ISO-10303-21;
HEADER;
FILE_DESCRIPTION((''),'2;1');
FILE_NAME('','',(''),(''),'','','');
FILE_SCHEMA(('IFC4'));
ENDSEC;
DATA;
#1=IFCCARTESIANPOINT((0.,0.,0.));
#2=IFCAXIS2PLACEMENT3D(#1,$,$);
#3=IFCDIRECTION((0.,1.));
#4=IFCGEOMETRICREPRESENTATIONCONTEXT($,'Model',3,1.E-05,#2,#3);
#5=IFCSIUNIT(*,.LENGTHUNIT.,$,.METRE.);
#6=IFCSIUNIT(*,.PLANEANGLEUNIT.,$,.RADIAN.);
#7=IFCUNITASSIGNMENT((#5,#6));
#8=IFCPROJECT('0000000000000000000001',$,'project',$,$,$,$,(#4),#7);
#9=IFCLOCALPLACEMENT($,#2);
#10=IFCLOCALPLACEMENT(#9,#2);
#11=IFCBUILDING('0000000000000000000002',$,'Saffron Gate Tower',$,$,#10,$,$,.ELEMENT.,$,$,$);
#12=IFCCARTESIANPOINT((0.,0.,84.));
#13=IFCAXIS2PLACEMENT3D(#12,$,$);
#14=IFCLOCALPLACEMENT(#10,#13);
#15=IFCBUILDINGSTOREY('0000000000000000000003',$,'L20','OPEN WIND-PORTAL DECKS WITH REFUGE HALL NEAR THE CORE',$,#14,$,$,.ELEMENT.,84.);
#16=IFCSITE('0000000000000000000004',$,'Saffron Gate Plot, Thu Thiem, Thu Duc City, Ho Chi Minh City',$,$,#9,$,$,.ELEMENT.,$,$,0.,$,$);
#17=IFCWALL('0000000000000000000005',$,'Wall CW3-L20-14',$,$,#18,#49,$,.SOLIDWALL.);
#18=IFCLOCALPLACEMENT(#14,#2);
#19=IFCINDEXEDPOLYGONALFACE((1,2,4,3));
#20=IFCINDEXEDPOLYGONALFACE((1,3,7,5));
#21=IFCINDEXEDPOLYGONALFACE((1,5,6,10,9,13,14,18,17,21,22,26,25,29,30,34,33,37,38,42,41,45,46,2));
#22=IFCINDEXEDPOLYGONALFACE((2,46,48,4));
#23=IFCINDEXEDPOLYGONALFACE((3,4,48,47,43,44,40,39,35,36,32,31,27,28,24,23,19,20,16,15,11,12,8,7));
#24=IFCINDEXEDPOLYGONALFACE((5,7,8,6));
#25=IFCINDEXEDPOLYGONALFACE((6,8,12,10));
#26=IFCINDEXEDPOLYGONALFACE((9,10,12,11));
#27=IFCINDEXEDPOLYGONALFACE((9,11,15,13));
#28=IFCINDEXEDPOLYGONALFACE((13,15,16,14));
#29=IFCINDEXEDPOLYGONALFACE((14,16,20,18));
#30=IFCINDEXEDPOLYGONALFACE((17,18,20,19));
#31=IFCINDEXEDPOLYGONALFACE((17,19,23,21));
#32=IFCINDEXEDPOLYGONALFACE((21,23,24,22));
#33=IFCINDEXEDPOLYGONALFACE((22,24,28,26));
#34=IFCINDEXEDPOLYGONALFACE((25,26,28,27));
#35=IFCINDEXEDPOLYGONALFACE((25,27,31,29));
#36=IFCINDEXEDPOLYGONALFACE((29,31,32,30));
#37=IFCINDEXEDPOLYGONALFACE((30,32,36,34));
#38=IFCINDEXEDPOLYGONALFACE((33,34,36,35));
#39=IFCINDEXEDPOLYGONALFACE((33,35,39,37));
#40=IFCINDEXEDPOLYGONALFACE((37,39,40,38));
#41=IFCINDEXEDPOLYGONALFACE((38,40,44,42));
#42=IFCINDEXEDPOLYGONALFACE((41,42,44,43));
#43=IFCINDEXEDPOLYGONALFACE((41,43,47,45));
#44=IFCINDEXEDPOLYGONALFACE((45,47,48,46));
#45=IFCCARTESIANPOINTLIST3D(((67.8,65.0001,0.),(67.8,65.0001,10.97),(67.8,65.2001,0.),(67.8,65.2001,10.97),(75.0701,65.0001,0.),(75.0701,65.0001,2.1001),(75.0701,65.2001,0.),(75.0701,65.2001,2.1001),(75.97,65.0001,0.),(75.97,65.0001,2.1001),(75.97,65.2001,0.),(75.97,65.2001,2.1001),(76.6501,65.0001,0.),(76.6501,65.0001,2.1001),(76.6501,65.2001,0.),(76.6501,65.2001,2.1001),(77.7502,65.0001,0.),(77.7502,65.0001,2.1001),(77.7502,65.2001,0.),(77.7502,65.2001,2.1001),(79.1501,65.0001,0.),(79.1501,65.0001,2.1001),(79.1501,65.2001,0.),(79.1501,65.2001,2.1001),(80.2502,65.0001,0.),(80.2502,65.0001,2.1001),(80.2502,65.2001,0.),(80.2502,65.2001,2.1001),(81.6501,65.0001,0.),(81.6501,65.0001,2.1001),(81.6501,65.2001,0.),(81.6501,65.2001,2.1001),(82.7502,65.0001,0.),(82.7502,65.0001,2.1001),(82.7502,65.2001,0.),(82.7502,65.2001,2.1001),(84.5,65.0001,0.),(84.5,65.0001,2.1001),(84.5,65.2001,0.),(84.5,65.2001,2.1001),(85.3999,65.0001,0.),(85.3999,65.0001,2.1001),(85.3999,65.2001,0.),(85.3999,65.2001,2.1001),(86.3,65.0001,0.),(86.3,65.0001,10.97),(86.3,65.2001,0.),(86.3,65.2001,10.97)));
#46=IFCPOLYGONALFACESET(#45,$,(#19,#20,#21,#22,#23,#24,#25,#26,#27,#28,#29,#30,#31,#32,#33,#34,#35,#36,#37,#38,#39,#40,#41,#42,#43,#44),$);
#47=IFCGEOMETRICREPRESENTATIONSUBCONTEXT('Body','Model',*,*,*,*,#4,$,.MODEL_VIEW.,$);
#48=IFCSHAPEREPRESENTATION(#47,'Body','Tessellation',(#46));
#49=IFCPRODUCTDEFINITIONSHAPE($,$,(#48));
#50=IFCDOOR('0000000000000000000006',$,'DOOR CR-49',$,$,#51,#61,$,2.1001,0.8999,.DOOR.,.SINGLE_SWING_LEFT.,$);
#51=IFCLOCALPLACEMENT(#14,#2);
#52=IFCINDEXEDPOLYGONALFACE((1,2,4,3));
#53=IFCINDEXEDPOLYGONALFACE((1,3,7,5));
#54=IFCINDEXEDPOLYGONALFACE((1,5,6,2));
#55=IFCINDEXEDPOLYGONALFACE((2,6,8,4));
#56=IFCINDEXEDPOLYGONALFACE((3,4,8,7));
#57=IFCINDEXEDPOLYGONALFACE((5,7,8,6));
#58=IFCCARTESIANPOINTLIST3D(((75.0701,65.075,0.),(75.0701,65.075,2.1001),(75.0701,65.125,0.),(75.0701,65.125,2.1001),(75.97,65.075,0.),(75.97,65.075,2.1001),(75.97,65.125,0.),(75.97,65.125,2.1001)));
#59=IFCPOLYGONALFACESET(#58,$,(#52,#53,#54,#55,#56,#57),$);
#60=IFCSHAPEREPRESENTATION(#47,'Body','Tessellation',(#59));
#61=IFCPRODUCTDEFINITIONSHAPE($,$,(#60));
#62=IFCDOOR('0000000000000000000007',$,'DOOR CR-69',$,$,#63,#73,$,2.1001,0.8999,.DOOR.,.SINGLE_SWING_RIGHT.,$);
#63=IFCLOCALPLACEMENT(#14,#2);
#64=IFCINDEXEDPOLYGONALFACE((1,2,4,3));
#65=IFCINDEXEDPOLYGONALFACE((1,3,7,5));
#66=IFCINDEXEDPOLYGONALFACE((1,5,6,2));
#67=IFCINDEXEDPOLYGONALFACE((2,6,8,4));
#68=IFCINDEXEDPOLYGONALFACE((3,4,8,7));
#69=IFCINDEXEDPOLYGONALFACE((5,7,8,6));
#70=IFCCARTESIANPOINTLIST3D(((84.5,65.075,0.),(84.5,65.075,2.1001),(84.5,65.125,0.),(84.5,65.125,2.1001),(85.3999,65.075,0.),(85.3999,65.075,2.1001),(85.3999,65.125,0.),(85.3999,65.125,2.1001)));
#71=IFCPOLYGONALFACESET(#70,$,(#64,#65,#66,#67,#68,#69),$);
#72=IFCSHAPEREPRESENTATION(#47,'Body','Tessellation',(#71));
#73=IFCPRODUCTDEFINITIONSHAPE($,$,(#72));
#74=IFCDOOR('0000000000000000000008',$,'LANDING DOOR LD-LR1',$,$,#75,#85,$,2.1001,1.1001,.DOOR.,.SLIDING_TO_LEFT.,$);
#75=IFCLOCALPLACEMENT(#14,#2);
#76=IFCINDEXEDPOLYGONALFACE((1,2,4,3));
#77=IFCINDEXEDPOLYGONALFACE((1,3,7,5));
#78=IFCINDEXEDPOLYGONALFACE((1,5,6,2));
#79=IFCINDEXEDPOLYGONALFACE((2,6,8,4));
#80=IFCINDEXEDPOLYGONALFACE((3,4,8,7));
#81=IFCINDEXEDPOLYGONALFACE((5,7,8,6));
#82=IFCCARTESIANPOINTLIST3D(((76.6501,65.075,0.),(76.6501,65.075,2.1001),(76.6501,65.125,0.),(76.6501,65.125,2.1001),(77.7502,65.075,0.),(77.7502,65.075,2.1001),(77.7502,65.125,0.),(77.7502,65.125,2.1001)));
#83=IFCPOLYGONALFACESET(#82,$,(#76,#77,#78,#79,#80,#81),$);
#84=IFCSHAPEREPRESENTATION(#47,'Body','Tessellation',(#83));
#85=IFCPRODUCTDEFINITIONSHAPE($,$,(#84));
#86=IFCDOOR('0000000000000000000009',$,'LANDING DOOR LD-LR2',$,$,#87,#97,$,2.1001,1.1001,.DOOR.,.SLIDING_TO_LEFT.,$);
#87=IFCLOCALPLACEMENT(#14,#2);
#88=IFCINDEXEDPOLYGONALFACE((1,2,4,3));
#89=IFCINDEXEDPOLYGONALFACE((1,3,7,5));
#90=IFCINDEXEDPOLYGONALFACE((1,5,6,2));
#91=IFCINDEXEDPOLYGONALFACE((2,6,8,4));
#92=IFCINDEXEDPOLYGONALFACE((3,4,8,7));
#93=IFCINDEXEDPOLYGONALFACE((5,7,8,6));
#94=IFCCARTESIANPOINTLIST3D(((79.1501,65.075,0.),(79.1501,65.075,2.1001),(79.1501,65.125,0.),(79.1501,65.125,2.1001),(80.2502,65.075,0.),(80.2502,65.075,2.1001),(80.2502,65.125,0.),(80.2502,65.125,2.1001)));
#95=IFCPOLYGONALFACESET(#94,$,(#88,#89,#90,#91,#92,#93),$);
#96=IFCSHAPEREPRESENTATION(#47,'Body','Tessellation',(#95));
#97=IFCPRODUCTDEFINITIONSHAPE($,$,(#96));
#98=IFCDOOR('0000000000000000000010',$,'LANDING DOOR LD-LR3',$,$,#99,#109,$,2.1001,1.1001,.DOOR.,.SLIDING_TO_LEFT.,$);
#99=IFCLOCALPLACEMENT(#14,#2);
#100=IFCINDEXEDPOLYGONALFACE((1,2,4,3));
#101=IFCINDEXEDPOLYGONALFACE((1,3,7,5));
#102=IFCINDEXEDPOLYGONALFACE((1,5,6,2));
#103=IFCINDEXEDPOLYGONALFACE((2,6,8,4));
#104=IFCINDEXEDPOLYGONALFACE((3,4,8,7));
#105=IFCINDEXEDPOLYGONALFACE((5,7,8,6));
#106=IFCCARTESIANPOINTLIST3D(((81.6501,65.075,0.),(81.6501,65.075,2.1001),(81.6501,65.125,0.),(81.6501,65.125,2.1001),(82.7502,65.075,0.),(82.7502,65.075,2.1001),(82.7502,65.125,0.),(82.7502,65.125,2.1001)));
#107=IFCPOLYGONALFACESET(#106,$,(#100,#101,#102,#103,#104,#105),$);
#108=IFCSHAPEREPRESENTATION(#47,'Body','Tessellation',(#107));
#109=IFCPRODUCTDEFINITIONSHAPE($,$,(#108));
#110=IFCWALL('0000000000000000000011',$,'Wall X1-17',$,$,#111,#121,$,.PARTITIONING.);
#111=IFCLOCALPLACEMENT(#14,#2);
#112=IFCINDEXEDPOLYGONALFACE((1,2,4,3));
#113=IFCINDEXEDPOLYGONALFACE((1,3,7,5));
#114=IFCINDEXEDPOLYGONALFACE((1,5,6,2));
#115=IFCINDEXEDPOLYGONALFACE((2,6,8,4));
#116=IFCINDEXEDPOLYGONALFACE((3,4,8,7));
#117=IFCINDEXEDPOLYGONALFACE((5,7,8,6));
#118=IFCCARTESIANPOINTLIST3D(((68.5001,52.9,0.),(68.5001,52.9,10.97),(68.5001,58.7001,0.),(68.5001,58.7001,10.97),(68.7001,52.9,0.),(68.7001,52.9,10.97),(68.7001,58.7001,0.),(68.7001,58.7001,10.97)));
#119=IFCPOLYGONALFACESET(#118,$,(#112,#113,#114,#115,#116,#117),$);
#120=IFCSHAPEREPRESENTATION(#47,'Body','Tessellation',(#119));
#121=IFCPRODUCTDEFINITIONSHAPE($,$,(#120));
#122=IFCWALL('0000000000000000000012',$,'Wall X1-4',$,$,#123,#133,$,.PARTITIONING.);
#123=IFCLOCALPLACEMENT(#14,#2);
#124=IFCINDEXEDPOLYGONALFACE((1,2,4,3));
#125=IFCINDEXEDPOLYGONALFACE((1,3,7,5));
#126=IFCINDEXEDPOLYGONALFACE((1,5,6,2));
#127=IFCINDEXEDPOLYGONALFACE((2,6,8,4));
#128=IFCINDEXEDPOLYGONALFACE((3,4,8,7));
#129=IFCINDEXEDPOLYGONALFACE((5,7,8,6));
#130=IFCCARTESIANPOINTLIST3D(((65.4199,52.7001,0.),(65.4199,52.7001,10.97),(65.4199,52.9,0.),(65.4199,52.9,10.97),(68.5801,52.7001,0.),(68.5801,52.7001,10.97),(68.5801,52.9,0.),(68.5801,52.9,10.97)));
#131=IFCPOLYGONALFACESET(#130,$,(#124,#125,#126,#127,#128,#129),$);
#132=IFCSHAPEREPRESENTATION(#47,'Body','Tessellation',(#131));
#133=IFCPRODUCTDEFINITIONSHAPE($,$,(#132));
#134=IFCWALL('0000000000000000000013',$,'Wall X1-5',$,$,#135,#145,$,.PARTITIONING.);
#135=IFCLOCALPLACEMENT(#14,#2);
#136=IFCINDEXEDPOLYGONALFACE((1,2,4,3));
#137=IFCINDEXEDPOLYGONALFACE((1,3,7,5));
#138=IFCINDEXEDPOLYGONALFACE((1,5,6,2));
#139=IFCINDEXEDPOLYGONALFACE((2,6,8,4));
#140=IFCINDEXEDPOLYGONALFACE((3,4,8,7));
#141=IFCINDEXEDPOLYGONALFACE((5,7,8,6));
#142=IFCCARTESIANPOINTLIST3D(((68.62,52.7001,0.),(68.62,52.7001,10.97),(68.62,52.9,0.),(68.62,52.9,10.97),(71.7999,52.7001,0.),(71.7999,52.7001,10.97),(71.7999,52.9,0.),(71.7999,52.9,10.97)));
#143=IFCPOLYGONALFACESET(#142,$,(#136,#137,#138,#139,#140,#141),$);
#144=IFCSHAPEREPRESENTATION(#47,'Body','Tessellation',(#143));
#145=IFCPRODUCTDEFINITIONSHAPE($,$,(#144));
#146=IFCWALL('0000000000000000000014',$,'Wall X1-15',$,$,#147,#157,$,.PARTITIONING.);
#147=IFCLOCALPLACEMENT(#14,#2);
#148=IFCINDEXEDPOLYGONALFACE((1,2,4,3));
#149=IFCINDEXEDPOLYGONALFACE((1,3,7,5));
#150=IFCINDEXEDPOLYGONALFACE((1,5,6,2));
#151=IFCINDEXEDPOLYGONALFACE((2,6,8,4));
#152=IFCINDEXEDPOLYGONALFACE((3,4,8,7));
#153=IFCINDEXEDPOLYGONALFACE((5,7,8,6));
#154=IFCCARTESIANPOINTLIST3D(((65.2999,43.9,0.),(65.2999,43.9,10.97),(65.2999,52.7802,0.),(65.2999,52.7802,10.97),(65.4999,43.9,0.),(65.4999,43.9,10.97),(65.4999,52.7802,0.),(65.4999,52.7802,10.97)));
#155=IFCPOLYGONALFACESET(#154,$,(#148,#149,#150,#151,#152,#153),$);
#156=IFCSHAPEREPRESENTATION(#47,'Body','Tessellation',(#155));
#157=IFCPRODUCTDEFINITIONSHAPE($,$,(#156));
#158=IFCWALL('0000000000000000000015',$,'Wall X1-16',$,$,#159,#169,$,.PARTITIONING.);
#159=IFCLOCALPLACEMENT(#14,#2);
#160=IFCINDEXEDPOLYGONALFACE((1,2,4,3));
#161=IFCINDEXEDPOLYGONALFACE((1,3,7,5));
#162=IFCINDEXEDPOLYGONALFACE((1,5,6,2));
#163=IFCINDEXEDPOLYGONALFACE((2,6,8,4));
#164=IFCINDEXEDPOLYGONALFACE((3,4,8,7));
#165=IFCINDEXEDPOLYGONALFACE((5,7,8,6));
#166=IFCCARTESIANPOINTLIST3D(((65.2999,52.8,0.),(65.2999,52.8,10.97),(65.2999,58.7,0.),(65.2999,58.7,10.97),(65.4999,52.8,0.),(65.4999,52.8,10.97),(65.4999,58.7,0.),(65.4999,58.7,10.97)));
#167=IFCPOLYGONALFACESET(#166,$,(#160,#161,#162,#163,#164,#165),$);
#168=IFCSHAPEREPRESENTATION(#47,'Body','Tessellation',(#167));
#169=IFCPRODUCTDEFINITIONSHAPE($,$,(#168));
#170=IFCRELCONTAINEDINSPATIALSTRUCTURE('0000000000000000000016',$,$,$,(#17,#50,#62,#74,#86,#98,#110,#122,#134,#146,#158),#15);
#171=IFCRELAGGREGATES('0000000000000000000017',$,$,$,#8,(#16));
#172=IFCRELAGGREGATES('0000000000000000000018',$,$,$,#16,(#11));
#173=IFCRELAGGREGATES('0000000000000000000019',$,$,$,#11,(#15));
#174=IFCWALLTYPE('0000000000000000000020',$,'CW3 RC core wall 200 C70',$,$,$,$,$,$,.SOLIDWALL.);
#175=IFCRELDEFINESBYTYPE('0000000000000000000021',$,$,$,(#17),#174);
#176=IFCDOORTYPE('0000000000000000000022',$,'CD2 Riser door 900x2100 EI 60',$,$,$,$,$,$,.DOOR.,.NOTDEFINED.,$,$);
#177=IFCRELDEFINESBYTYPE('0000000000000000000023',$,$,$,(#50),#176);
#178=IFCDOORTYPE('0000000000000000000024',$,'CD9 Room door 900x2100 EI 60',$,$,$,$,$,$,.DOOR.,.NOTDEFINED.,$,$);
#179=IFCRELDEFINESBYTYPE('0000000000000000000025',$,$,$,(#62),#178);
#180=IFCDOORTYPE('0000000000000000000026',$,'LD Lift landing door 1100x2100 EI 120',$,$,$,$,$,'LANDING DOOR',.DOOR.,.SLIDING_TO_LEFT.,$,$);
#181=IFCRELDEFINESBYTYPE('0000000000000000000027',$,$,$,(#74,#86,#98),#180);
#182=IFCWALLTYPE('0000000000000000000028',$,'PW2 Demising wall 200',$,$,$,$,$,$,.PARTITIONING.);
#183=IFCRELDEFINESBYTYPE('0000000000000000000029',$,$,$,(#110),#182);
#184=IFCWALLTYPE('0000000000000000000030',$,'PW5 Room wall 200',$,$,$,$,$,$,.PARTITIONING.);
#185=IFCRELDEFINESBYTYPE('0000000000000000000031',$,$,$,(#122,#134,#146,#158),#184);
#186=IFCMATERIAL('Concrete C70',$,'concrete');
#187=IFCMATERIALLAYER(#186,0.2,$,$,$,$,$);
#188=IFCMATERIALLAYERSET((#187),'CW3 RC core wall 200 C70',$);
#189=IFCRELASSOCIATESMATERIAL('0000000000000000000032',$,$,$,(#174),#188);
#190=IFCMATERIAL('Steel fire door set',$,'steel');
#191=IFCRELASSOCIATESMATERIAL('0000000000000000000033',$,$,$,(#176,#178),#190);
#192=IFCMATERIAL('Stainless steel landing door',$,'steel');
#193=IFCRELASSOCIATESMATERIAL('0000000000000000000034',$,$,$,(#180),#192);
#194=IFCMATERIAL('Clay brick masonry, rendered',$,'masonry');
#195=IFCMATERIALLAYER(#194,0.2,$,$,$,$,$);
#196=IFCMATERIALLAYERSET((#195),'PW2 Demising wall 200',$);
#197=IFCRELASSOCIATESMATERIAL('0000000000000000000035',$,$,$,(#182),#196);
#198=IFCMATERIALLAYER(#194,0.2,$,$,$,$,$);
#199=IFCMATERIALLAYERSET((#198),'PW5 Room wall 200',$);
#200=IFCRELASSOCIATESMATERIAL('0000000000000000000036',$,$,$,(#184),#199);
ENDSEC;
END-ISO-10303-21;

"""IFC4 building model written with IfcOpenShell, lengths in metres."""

from ifc_helpers import new_model, si_unit, direction, frame, frame_2d, origin, place, context, subcontext, project, spatial, rectangle, extrude, material, layer, layer_set, type_object, element, fill, save


model = new_model("IFC4")

# Units and contexts
model_context = context("Model", 3, precision=1e-05, world=origin(), true_north=direction((0.0, 1.0)))
body_context = subcontext(model_context, "Body", "Model", "MODEL_VIEW")
ifc_project = project(units=[si_unit("LENGTHUNIT", "METRE"), si_unit("PLANEANGLEUNIT", "RADIAN")], contexts=[model_context])

# Site, building, storey
site_placement = place(None, origin())
site = spatial("IfcSite", under=ifc_project, at=site_placement, Name="Saffron Gate Plot, Thu Thiem, Thu Duc City, Ho Chi Minh City", CompositionType="ELEMENT", RefElevation=0.0)
building_placement = place(site_placement, origin())
building = spatial("IfcBuilding", under=site, at=building_placement, Name="Saffron Gate Tower", CompositionType="ELEMENT")
storey_placement = place(building_placement, frame((0.0, 0.0, 84.0)))
storey = spatial("IfcBuildingStorey", under=building, at=storey_placement, Name="L20", Description="OPEN WIND-PORTAL DECKS WITH REFUGE HALL NEAR THE CORE", CompositionType="ELEMENT", Elevation=84.0)

# Shared definitions
ifc_material_1 = material(Name="Concrete C70", Category="concrete")
ifc_material_2 = material(Name="Steel fire door set", Category="steel")

# Wall, openings, doors
ifc_layer_1 = layer(ifc_material_1, 0.2)
ifc_layer_set_1 = layer_set([ifc_layer_1], Name="CW3 RC core wall 200 C70")
wall_type_1 = type_object("IfcWallType", Name="CW3 RC core wall 200 C70", PredefinedType="SOLIDWALL", material=ifc_layer_set_1)
wall_1_placement = place(storey_placement, frame((67.8, 65.1001, 0.0), z_axis=(0.0, 0.0, 1.0), x_axis=(1.0, 0.0, 0.0)))
wall_1 = element("IfcWall", 1, at=wall_1_placement, inside=storey, type_object=wall_type_1, Name="Wall CW3-L20-14", PredefinedType="SOLIDWALL", context=body_context, shape_type="SweptSolid", body=[
    extrude(rectangle(XDim=18.5, YDim=0.2, at=frame_2d((9.25, 0.0))), origin(), (0.0, 0.0, 1.0), 10.97),
])
opening_1_placement = place(wall_1_placement, frame((7.27, 0.0, 0.0)))
opening_1 = element("IfcOpeningElement", 2, at=opening_1_placement, cuts=wall_1, PredefinedType="OPENING", context=body_context, shape_type="SweptSolid", body=[
    extrude(rectangle(XDim=0.8999, YDim=2.1001, at=frame_2d((0.45, 1.05))), frame((0.0, 0.1099, 0.0), z_axis=(0.0, -1.0, 0.0), x_axis=(1.0, 0.0, 0.0)), (0.0, 0.0, 1.0), 0.22),
])
opening_2_placement = place(wall_1_placement, frame((8.8501, 0.0, 0.0)))
opening_2 = element("IfcOpeningElement", 3, at=opening_2_placement, cuts=wall_1, PredefinedType="OPENING", context=body_context, shape_type="SweptSolid", body=[
    extrude(rectangle(XDim=1.1001, YDim=2.1001, at=frame_2d((0.55, 1.05))), frame((0.0, 0.1099, 0.0), z_axis=(0.0, -1.0, 0.0), x_axis=(1.0, 0.0, 0.0)), (0.0, 0.0, 1.0), 0.22),
])
opening_3_placement = place(wall_1_placement, frame((11.3501, 0.0, 0.0)))
opening_3 = element("IfcOpeningElement", 4, at=opening_3_placement, cuts=wall_1, PredefinedType="OPENING", context=body_context, shape_type="SweptSolid", body=[
    extrude(rectangle(XDim=1.1001, YDim=2.1001, at=frame_2d((0.55, 1.05))), frame((0.0, 0.1099, 0.0), z_axis=(0.0, -1.0, 0.0), x_axis=(1.0, 0.0, 0.0)), (0.0, 0.0, 1.0), 0.22),
])
opening_4_placement = place(wall_1_placement, frame((13.8501, 0.0, 0.0)))
opening_4 = element("IfcOpeningElement", 5, at=opening_4_placement, cuts=wall_1, PredefinedType="OPENING", context=body_context, shape_type="SweptSolid", body=[
    extrude(rectangle(XDim=1.1001, YDim=2.1001, at=frame_2d((0.55, 1.05))), frame((0.0, 0.1099, 0.0), z_axis=(0.0, -1.0, 0.0), x_axis=(1.0, 0.0, 0.0)), (0.0, 0.0, 1.0), 0.22),
])
opening_5_placement = place(wall_1_placement, frame((16.7, 0.0, 0.0)))
opening_5 = element("IfcOpeningElement", 6, at=opening_5_placement, cuts=wall_1, PredefinedType="OPENING", context=body_context, shape_type="SweptSolid", body=[
    extrude(rectangle(XDim=0.8999, YDim=2.1001, at=frame_2d((0.45, 1.05))), frame((0.0, 0.1099, 0.0), z_axis=(0.0, -1.0, 0.0), x_axis=(1.0, 0.0, 0.0)), (0.0, 0.0, 1.0), 0.22),
])
door_type_1 = type_object("IfcDoorType", Name="CD2 Riser door 900x2100 EI 60", OperationType="NOTDEFINED", PredefinedType="DOOR", material=ifc_material_2)
door_1_placement = place(opening_1_placement, origin())
door_1 = element("IfcDoor", 7, at=door_1_placement, inside=storey, type_object=door_type_1, Name="DOOR CR-49", OperationType="SINGLE_SWING_LEFT", OverallHeight=2.1001, OverallWidth=0.8999, PredefinedType="DOOR", context=body_context, shape_type="SweptSolid", body=[
    extrude(rectangle(XDim=0.8999, YDim=2.1001, at=frame_2d((0.45, 1.05))), frame((0.0, 0.0249, 0.0), z_axis=(0.0, -1.0, 0.0), x_axis=(1.0, 0.0, 0.0)), (0.0, 0.0, 1.0), 0.05),
])
fill(opening_1, door_1)
door_type_2 = type_object("IfcDoorType", Name="CD9 Room door 900x2100 EI 60", OperationType="NOTDEFINED", PredefinedType="DOOR", material=ifc_material_2)
door_2_placement = place(opening_5_placement, origin())
door_2 = element("IfcDoor", 8, at=door_2_placement, inside=storey, type_object=door_type_2, Name="DOOR CR-69", OperationType="SINGLE_SWING_RIGHT", OverallHeight=2.1001, OverallWidth=0.8999, PredefinedType="DOOR", context=body_context, shape_type="SweptSolid", body=[
    extrude(rectangle(XDim=0.8999, YDim=2.1001, at=frame_2d((0.45, 1.05))), frame((0.0, 0.0249, 0.0), z_axis=(0.0, -1.0, 0.0), x_axis=(1.0, 0.0, 0.0)), (0.0, 0.0, 1.0), 0.05),
])
fill(opening_5, door_2)
ifc_material_3 = material(Name="Stainless steel landing door", Category="steel")
door_type_3 = type_object("IfcDoorType", Name="LD Lift landing door 1100x2100 EI 120", ElementType="LANDING DOOR", OperationType="SLIDING_TO_LEFT", PredefinedType="DOOR", material=ifc_material_3)
door_3_placement = place(opening_2_placement, origin())
door_3 = element("IfcDoor", 9, at=door_3_placement, inside=storey, type_object=door_type_3, Name="LANDING DOOR LD-LR1", OperationType="SLIDING_TO_LEFT", OverallHeight=2.1001, OverallWidth=1.1001, PredefinedType="DOOR", context=body_context, shape_type="SweptSolid", body=[
    extrude(rectangle(XDim=1.1001, YDim=2.1001, at=frame_2d((0.55, 1.05))), frame((0.0, 0.0249, 0.0), z_axis=(0.0, -1.0, 0.0), x_axis=(1.0, 0.0, 0.0)), (0.0, 0.0, 1.0), 0.05),
])
fill(opening_2, door_3)
door_4_placement = place(opening_3_placement, origin())
door_4 = element("IfcDoor", 10, at=door_4_placement, inside=storey, type_object=door_type_3, Name="LANDING DOOR LD-LR2", OperationType="SLIDING_TO_LEFT", OverallHeight=2.1001, OverallWidth=1.1001, PredefinedType="DOOR", context=body_context, shape_type="SweptSolid", body=[
    extrude(rectangle(XDim=1.1001, YDim=2.1001, at=frame_2d((0.55, 1.05))), frame((0.0, 0.0249, 0.0), z_axis=(0.0, -1.0, 0.0), x_axis=(1.0, 0.0, 0.0)), (0.0, 0.0, 1.0), 0.05),
])
fill(opening_3, door_4)
door_5_placement = place(opening_4_placement, origin())
door_5 = element("IfcDoor", 11, at=door_5_placement, inside=storey, type_object=door_type_3, Name="LANDING DOOR LD-LR3", OperationType="SLIDING_TO_LEFT", OverallHeight=2.1001, OverallWidth=1.1001, PredefinedType="DOOR", context=body_context, shape_type="SweptSolid", body=[
    extrude(rectangle(XDim=1.1001, YDim=2.1001, at=frame_2d((0.55, 1.05))), frame((0.0, 0.0249, 0.0), z_axis=(0.0, -1.0, 0.0), x_axis=(1.0, 0.0, 0.0)), (0.0, 0.0, 1.0), 0.05),
])
fill(opening_4, door_5)

# Walls
ifc_material_4 = material(Name="Clay brick masonry, rendered", Category="masonry")
ifc_layer_2 = layer(ifc_material_4, 0.2)
ifc_layer_set_2 = layer_set([ifc_layer_2], Name="PW2 Demising wall 200")
wall_type_2 = type_object("IfcWallType", Name="PW2 Demising wall 200", PredefinedType="PARTITIONING", material=ifc_layer_set_2)
wall_2_placement = place(storey_placement, frame((68.6001, 58.7, 0.0), z_axis=(0.0, 0.0, 1.0), x_axis=(0.0, -1.0, 0.0)))
element("IfcWall", 12, at=wall_2_placement, inside=storey, type_object=wall_type_2, Name="Wall X1-17", PredefinedType="PARTITIONING", context=body_context, shape_type="SweptSolid", body=[
    extrude(rectangle(XDim=5.8, YDim=0.2, at=frame_2d((2.8999, 0.0))), origin(), (0.0, 0.0, 1.0), 10.97),
])
ifc_layer_3 = layer(ifc_material_4, 0.2)
ifc_layer_set_3 = layer_set([ifc_layer_3], Name="PW5 Room wall 200")
wall_type_3 = type_object("IfcWallType", Name="PW5 Room wall 200", PredefinedType="PARTITIONING", material=ifc_layer_set_3)
wall_3_placement = place(storey_placement, frame((65.4199, 52.8, 0.0), z_axis=(0.0, 0.0, 1.0), x_axis=(1.0, 0.0, 0.0)))
element("IfcWall", 13, at=wall_3_placement, inside=storey, type_object=wall_type_3, Name="Wall X1-4", PredefinedType="PARTITIONING", context=body_context, shape_type="SweptSolid", body=[
    extrude(rectangle(XDim=3.1602, YDim=0.2, at=frame_2d((1.5801, 0.0))), origin(), (0.0, 0.0, 1.0), 10.97),
])
wall_4_placement = place(storey_placement, frame((68.6201, 52.8, 0.0), z_axis=(0.0, 0.0, 1.0), x_axis=(1.0, 0.0, 0.0)))
element("IfcWall", 14, at=wall_4_placement, inside=storey, type_object=wall_type_3, Name="Wall X1-5", PredefinedType="PARTITIONING", context=body_context, shape_type="SweptSolid", body=[
    extrude(rectangle(XDim=3.1799, YDim=0.2, at=frame_2d((1.5898, 0.0))), origin(), (0.0, 0.0, 1.0), 10.97),
])
wall_5_placement = place(storey_placement, frame((65.3999, 52.78, 0.0), z_axis=(0.0, 0.0, 1.0), x_axis=(0.0, -1.0, 0.0)))
element("IfcWall", 15, at=wall_5_placement, inside=storey, type_object=wall_type_3, Name="Wall X1-15", PredefinedType="PARTITIONING", context=body_context, shape_type="SweptSolid", body=[
    extrude(rectangle(XDim=8.8801, YDim=0.2, at=frame_2d((4.4399, 0.0))), origin(), (0.0, 0.0, 1.0), 10.97),
])
wall_6_placement = place(storey_placement, frame((65.3999, 58.7, 0.0), z_axis=(0.0, 0.0, 1.0), x_axis=(0.0, -1.0, 0.0)))
element("IfcWall", 16, at=wall_6_placement, inside=storey, type_object=wall_type_3, Name="Wall X1-16", PredefinedType="PARTITIONING", context=body_context, shape_type="SweptSolid", body=[
    extrude(rectangle(XDim=5.8999, YDim=0.2, at=frame_2d((2.95, 0.0))), origin(), (0.0, 0.0, 1.0), 10.97),
])

save(model, "model.ifc")
